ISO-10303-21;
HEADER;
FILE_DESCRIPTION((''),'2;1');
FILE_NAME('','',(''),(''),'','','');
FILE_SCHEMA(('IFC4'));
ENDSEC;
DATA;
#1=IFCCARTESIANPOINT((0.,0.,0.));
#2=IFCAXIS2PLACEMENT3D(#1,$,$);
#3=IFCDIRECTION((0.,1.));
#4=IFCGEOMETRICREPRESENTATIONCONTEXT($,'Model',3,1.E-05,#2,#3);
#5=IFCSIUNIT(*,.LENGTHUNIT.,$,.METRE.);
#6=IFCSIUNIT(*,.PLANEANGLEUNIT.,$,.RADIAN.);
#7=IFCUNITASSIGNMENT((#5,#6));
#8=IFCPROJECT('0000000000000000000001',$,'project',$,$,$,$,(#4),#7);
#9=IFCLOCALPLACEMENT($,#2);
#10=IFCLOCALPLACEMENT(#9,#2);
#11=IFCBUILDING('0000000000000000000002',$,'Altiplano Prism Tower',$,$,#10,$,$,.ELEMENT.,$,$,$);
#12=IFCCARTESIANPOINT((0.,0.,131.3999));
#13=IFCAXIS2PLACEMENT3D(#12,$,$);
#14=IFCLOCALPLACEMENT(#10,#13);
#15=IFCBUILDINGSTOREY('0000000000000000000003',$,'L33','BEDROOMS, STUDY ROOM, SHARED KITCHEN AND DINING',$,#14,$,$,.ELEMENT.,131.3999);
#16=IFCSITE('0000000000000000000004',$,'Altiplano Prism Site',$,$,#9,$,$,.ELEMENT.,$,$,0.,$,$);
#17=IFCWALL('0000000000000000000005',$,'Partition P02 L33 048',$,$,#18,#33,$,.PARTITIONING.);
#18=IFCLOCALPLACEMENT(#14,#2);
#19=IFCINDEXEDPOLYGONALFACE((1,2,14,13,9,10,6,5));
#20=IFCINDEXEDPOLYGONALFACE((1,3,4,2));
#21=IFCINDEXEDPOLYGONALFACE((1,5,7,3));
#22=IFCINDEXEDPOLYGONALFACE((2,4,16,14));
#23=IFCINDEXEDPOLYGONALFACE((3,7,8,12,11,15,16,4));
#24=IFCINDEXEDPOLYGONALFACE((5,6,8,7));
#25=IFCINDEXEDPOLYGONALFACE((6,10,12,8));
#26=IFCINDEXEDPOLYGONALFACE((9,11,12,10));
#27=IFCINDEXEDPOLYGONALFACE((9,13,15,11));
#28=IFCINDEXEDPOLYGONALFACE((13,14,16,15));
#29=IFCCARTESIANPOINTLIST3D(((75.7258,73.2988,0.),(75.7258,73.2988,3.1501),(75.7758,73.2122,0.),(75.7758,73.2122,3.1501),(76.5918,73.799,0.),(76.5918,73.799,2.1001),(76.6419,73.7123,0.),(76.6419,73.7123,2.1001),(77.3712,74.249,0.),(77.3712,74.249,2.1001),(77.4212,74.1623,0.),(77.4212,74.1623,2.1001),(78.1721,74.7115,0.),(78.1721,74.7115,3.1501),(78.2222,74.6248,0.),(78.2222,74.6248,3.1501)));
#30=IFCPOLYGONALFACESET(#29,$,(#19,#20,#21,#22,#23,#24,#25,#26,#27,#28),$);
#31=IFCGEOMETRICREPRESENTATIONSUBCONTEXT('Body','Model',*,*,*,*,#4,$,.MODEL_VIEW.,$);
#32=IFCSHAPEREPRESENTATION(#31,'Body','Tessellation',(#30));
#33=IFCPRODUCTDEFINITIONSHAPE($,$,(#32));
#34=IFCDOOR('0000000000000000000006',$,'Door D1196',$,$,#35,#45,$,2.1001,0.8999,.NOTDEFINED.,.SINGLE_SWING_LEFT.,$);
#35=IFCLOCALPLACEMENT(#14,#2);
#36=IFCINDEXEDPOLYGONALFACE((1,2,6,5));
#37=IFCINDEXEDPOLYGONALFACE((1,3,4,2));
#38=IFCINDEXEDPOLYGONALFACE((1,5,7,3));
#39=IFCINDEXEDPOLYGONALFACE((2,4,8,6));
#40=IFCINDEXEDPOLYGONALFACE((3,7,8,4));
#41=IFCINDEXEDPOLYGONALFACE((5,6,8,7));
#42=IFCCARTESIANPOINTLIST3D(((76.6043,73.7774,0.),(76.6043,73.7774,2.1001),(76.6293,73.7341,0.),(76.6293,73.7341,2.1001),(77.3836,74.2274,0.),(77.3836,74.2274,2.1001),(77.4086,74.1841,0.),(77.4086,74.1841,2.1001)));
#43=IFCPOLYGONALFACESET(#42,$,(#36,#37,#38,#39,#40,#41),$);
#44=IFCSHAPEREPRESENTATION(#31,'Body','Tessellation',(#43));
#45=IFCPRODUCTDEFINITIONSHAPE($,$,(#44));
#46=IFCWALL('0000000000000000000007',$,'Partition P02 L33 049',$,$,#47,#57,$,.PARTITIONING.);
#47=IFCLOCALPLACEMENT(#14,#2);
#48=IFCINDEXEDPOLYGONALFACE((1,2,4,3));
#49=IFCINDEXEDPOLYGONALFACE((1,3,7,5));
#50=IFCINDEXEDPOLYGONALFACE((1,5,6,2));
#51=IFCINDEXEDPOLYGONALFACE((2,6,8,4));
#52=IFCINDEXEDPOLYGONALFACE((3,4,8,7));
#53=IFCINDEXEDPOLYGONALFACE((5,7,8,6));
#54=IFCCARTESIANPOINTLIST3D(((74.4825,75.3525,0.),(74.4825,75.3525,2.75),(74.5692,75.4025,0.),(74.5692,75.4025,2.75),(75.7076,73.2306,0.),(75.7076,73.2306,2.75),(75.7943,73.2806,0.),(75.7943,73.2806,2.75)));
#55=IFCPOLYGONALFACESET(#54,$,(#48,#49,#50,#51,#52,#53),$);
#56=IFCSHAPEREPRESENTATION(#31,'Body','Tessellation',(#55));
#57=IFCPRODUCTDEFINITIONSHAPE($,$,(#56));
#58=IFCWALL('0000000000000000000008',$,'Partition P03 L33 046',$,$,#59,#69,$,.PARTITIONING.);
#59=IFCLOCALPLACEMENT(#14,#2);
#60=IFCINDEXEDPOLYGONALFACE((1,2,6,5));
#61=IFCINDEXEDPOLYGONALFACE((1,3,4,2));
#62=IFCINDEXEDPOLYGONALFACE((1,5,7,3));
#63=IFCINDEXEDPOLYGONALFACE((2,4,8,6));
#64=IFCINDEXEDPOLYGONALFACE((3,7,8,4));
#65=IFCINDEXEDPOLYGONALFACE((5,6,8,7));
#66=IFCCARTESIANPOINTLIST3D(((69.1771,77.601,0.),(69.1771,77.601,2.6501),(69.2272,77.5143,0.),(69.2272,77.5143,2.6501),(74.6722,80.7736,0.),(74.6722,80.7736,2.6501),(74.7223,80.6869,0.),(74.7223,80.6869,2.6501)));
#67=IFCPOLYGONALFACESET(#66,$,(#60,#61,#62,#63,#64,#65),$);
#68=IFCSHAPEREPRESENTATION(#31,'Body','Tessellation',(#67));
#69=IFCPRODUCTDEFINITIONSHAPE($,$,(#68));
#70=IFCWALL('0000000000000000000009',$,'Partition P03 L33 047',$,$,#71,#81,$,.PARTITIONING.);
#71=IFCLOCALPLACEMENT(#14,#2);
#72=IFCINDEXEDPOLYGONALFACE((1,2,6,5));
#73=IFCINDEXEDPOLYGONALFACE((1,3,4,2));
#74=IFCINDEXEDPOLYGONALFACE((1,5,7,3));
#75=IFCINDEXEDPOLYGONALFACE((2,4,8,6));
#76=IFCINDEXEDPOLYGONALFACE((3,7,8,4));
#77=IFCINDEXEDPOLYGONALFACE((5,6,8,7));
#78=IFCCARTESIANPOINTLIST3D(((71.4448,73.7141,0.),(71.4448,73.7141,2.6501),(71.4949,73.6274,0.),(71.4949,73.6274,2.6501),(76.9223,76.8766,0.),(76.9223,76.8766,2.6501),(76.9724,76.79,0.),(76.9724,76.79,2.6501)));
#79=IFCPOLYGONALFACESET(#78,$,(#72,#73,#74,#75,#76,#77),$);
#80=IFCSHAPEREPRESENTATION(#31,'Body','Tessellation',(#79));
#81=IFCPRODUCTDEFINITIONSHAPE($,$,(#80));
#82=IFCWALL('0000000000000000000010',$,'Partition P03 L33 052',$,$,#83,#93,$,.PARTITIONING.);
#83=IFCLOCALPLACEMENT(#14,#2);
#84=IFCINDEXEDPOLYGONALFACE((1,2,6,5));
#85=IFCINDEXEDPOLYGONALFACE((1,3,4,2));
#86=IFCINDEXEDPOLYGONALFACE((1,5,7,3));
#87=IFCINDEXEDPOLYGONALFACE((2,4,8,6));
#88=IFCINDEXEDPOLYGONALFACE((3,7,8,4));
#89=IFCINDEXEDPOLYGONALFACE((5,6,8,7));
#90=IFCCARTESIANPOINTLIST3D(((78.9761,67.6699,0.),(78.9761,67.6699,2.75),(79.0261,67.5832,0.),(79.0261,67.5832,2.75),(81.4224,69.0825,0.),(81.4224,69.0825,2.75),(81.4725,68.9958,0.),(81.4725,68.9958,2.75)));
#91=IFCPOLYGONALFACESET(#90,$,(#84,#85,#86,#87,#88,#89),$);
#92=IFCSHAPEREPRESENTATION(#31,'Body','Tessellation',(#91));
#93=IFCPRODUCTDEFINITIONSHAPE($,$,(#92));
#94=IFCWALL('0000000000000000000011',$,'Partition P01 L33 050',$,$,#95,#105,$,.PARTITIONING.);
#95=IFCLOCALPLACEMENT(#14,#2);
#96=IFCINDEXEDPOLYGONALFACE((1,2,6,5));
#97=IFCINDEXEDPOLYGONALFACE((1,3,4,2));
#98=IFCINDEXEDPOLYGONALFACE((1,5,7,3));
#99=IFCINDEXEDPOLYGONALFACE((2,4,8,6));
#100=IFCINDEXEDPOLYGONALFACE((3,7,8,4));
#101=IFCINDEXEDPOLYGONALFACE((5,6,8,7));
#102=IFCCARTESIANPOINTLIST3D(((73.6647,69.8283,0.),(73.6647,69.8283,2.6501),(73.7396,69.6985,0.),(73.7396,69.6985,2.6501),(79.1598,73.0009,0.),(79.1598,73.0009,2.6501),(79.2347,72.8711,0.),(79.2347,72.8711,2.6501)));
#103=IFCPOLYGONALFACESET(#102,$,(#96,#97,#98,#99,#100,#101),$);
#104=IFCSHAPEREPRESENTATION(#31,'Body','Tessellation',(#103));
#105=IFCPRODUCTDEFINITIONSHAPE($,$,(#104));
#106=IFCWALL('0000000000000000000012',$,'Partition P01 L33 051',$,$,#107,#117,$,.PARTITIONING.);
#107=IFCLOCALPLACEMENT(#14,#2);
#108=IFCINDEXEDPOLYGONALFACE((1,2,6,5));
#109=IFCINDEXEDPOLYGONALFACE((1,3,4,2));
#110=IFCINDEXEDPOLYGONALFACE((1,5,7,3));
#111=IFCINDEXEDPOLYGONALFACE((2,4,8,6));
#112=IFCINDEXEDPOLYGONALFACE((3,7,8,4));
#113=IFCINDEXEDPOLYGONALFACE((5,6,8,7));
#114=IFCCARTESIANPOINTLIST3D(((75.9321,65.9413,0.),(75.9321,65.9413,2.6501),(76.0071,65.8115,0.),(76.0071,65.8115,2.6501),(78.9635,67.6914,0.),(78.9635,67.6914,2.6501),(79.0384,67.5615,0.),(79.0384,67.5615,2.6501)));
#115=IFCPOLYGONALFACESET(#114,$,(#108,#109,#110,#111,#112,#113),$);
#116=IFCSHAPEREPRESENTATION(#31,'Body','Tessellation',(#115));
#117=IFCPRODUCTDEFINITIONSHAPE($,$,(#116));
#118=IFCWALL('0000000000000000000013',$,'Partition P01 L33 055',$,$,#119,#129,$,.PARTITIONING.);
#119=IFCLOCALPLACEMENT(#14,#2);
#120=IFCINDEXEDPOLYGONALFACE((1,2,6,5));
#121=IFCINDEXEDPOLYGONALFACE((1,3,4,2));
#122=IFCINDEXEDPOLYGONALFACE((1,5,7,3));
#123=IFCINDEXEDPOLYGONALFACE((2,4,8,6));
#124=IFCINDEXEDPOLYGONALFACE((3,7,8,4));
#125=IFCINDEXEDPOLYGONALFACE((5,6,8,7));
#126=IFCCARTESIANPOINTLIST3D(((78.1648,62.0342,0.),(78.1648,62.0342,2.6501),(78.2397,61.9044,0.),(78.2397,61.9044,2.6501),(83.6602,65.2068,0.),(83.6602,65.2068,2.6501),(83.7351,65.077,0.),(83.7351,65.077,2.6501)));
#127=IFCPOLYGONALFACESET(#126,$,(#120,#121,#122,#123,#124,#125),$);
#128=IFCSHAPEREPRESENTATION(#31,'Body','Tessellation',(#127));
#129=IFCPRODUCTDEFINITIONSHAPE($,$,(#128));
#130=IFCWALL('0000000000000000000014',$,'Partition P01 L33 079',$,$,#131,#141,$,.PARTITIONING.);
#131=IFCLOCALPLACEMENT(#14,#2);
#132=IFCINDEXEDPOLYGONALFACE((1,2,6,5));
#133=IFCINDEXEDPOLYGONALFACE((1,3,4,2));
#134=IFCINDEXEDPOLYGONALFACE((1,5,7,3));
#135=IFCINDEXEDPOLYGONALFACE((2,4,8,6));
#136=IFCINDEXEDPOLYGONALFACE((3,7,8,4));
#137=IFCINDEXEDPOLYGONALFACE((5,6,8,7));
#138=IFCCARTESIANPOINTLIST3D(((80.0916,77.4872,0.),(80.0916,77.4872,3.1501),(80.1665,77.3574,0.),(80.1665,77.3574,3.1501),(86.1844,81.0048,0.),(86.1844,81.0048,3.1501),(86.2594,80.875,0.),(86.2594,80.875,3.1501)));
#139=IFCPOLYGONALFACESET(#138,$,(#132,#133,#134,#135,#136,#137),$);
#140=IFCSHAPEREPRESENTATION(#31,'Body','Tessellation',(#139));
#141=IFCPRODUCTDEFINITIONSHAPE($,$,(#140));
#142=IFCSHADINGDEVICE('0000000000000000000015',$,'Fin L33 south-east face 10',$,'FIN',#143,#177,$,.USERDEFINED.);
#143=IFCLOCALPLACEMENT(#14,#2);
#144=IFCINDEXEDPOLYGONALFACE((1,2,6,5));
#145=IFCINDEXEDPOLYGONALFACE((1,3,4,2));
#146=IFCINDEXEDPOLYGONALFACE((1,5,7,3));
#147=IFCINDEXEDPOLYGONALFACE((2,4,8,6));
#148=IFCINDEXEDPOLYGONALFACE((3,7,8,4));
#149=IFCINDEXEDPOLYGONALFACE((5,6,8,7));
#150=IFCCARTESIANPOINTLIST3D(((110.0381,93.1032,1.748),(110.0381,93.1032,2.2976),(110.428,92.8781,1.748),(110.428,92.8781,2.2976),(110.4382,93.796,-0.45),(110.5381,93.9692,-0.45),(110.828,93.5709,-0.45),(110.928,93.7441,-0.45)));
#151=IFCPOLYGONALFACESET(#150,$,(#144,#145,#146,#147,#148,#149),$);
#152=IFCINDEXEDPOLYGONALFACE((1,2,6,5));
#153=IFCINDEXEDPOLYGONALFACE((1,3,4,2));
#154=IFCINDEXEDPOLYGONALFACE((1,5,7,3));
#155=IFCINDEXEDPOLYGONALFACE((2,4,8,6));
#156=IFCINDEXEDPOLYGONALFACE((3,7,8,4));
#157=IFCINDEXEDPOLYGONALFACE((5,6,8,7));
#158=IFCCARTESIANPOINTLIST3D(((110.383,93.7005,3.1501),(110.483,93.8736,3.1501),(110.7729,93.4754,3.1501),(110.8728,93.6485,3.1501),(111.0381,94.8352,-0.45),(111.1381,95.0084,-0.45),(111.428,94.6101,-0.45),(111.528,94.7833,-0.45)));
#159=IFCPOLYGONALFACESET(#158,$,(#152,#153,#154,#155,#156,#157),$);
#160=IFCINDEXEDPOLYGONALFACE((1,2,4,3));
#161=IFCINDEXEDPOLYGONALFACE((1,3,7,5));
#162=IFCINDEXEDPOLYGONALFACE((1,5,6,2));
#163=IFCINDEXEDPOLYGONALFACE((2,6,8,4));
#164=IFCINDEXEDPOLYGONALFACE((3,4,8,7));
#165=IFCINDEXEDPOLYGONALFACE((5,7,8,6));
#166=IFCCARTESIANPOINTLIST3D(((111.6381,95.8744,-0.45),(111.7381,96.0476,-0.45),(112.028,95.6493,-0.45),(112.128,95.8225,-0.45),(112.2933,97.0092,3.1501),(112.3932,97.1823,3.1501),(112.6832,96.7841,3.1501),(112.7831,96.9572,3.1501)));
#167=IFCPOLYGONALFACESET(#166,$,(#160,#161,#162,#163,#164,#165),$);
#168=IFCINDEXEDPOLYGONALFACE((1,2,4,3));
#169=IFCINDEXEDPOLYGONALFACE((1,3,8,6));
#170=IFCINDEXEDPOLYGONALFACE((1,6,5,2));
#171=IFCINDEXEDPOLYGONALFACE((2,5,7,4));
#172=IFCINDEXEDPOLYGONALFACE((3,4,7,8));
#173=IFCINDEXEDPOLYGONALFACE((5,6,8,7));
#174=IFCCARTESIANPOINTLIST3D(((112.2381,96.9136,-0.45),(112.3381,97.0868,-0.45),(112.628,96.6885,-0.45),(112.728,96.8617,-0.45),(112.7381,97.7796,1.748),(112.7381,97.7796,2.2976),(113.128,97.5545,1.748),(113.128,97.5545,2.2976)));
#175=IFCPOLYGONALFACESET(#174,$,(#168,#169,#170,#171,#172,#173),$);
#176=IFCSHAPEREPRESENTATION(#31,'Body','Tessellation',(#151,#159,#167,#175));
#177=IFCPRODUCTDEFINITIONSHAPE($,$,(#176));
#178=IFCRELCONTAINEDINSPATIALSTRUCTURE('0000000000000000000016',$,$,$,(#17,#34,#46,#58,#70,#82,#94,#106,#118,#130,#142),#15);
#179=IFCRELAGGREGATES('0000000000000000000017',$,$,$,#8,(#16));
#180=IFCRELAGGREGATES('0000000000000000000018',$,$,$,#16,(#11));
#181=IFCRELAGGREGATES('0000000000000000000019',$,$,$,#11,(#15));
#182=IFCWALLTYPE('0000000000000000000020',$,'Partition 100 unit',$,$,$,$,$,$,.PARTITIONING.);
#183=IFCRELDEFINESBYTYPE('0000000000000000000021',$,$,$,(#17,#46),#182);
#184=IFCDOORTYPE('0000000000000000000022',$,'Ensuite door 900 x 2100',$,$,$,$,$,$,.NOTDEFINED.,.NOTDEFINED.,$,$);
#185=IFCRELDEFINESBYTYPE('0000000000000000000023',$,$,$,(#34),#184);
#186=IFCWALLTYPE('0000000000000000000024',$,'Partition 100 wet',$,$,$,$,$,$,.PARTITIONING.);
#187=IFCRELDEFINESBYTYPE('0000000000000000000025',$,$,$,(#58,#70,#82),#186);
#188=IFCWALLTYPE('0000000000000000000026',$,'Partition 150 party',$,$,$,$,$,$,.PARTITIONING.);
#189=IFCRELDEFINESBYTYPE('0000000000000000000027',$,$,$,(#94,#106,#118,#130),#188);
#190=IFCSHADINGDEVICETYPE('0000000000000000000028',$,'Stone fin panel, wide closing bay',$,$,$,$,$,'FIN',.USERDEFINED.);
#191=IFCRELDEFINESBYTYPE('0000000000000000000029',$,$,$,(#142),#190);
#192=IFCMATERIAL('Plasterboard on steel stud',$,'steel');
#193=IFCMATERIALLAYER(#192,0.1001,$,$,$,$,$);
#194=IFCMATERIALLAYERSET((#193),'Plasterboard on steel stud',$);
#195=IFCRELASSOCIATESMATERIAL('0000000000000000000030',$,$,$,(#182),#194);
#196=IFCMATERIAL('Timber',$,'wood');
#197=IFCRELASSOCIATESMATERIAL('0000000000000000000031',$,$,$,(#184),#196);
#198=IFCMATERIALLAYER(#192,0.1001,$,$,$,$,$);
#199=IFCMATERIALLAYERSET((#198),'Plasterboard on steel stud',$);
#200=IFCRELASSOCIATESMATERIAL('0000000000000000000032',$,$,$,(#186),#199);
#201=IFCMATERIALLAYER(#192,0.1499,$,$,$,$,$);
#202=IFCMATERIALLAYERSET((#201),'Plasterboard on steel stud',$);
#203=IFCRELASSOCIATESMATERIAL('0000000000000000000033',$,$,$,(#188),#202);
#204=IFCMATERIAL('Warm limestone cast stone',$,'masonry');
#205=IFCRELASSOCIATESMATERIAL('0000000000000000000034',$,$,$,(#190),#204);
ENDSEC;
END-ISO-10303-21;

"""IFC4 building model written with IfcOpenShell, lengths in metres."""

from ifc_helpers import new_model, si_unit, direction, frame, frame_2d, origin, place, context, subcontext, project, spatial, polyline, rectangle, outline, extrude, source, transform, mapped, material, layer, layer_set, type_object, element, fill, save


model = new_model("IFC4")

# Units and contexts
model_context = context("Model", 3, precision=1e-05, world=origin(), true_north=direction((0.0, 1.0)))
body_context = subcontext(model_context, "Body", "Model", "MODEL_VIEW")
ifc_project = project(units=[si_unit("LENGTHUNIT", "METRE"), si_unit("PLANEANGLEUNIT", "RADIAN")], contexts=[model_context])

# Site, building, storey
site_placement = place(None, origin())
site = spatial("IfcSite", under=ifc_project, at=site_placement, Name="Altiplano Prism Site", CompositionType="ELEMENT", RefElevation=0.0)
building_placement = place(site_placement, origin())
building = spatial("IfcBuilding", under=site, at=building_placement, Name="Altiplano Prism Tower", CompositionType="ELEMENT")
storey_placement = place(building_placement, frame((0.0, 0.0, 131.3999)))
storey = spatial("IfcBuildingStorey", under=building, at=storey_placement, Name="L33", Description="BEDROOMS, STUDY ROOM, SHARED KITCHEN AND DINING", CompositionType="ELEMENT", Elevation=131.3999)

# Wall, opening, door
ifc_material_1 = material(Name="Plasterboard on steel stud", Category="steel")
ifc_layer_1 = layer(ifc_material_1, 0.1001)
ifc_layer_set_1 = layer_set([ifc_layer_1], Name="Plasterboard on steel stud")
wall_type_1 = type_object("IfcWallType", Name="Partition 100 unit", PredefinedType="PARTITIONING", material=ifc_layer_set_1)
wall_1_placement = place(storey_placement, frame((78.1973, 74.6682, 0.0), z_axis=(0.0, 0.0, 1.0), x_axis=(-0.86599, -0.500062, 0.0)))
wall_1 = element("IfcWall", 1, at=wall_1_placement, inside=storey, type_object=wall_type_1, Name="Partition P02 L33 048", PredefinedType="PARTITIONING", context=body_context, shape_type="SweptSolid", body=[
    extrude(rectangle(XDim=2.825, YDim=0.1001, at=frame_2d((1.4126, 0.0))), origin(), (0.0, 0.0, 1.0), 3.1501),
])
opening_placement = place(wall_1_placement, frame((0.925, 0.0, 0.0)))
opening = element("IfcOpeningElement", 2, at=opening_placement, cuts=wall_1, PredefinedType="OPENING", context=body_context, shape_type="SweptSolid", body=[
    extrude(rectangle(XDim=0.8999, YDim=2.1001, at=frame_2d((0.45, 1.05))), frame((0.0, 0.0605, 0.0), z_axis=(0.0, -1.0, 0.0), x_axis=(1.0, 0.0, 0.0)), (0.0, 0.0, 1.0), 0.1211),
])
ifc_material_2 = material(Name="Timber", Category="wood")
door_type = type_object("IfcDoorType", Name="Ensuite door 900 x 2100", OperationType="NOTDEFINED", PredefinedType="NOTDEFINED", material=ifc_material_2)
door_placement = place(opening_placement, origin())
door = element("IfcDoor", 3, at=door_placement, inside=storey, type_object=door_type, Name="Door D1196", OperationType="SINGLE_SWING_LEFT", OverallHeight=2.1001, OverallWidth=0.8999, PredefinedType="NOTDEFINED", context=body_context, shape_type="SweptSolid", body=[
    extrude(rectangle(XDim=0.8999, YDim=2.1001, at=frame_2d((0.45, 1.05))), frame((0.0, 0.0249, 0.0), z_axis=(0.0, -1.0, 0.0), x_axis=(1.0, 0.0, 0.0)), (0.0, 0.0, 1.0), 0.05),
])
fill(opening, door)

# Walls
wall_2_placement = place(storey_placement, frame((75.751, 73.2556, 0.0), z_axis=(0.0, 0.0, 1.0), x_axis=(-0.500019, 0.866015, 0.0)))
element("IfcWall", 4, at=wall_2_placement, inside=storey, type_object=wall_type_1, Name="Partition P02 L33 049", PredefinedType="PARTITIONING", context=body_context, shape_type="SweptSolid", body=[
    extrude(rectangle(XDim=2.4502, YDim=0.1001, at=frame_2d((1.2251, 0.0))), origin(), (0.0, 0.0, 1.0), 2.75),
])
ifc_layer_2 = layer(ifc_material_1, 0.1001)
ifc_layer_set_2 = layer_set([ifc_layer_2], Name="Plasterboard on steel stud")
wall_type_2 = type_object("IfcWallType", Name="Partition 100 wet", PredefinedType="PARTITIONING", material=ifc_layer_set_2)
wall_3_placement = place(storey_placement, frame((69.2021, 77.5576, 0.0), z_axis=(0.0, 0.0, 1.0), x_axis=(0.866025, 0.5, 0.0)))
element("IfcWall", 5, at=wall_3_placement, inside=storey, type_object=wall_type_2, Name="Partition P03 L33 046", PredefinedType="PARTITIONING", context=body_context, shape_type="SweptSolid", body=[
    extrude(rectangle(XDim=6.3452, YDim=0.1001, at=frame_2d((3.1726, 0.0))), origin(), (0.0, 0.0, 1.0), 2.6501),
])
wall_4_placement = place(storey_placement, frame((71.4697, 73.6707, 0.0), z_axis=(0.0, 0.0, 1.0), x_axis=(0.866016, 0.500016, 0.0)))
element("IfcWall", 6, at=wall_4_placement, inside=storey, type_object=wall_type_2, Name="Partition P03 L33 047", PredefinedType="PARTITIONING", context=body_context, shape_type="SweptSolid", body=[
    extrude(rectangle(XDim=6.325, YDim=0.1001, at=frame_2d((3.1626, 0.0))), origin(), (0.0, 0.0, 1.0), 2.6501),
])
wall_5_placement = place(storey_placement, frame((79.001, 67.6265, 0.0), z_axis=(0.0, 0.0, 1.0), x_axis=(0.86599, 0.500062, 0.0)))
element("IfcWall", 7, at=wall_5_placement, inside=storey, type_object=wall_type_2, Name="Partition P03 L33 052", PredefinedType="PARTITIONING", context=body_context, shape_type="SweptSolid", body=[
    extrude(rectangle(XDim=2.825, YDim=0.1001, at=frame_2d((1.4126, 0.0))), origin(), (0.0, 0.0, 1.0), 2.75),
])
ifc_layer_3 = layer(ifc_material_1, 0.1499)
ifc_layer_set_3 = layer_set([ifc_layer_3], Name="Plasterboard on steel stud")
wall_type_3 = type_object("IfcWallType", Name="Partition 150 party", PredefinedType="PARTITIONING", material=ifc_layer_set_3)
wall_6_placement = place(storey_placement, frame((73.7021, 69.7634, 0.0), z_axis=(0.0, 0.0, 1.0), x_axis=(0.866025, 0.5, 0.0)))
element("IfcWall", 8, at=wall_6_placement, inside=storey, type_object=wall_type_3, Name="Partition P01 L33 050", PredefinedType="PARTITIONING", context=body_context, shape_type="SweptSolid", body=[
    extrude(rectangle(XDim=6.3452, YDim=0.1499, at=frame_2d((3.1726, 0.0))), origin(), (0.0, 0.0, 1.0), 2.6501),
])
wall_7_placement = place(storey_placement, frame((75.9697, 65.8765, 0.0), z_axis=(0.0, 0.0, 1.0), x_axis=(0.866037, 0.49998, 0.0)))
element("IfcWall", 9, at=wall_7_placement, inside=storey, type_object=wall_type_3, Name="Partition P01 L33 051", PredefinedType="PARTITIONING", context=body_context, shape_type="SweptSolid", body=[
    extrude(rectangle(XDim=3.5002, YDim=0.1499, at=frame_2d((1.75, 0.0))), origin(), (0.0, 0.0, 1.0), 2.6501),
])
wall_8_placement = place(storey_placement, frame((78.2021, 61.9692, 0.0), z_axis=(0.0, 0.0, 1.0), x_axis=(0.866035, 0.499983, 0.0)))
element("IfcWall", 10, at=wall_8_placement, inside=storey, type_object=wall_type_3, Name="Partition P01 L33 055", PredefinedType="PARTITIONING", context=body_context, shape_type="SweptSolid", body=[
    extrude(rectangle(XDim=6.3455, YDim=0.1499, at=frame_2d((3.1729, 0.0))), origin(), (0.0, 0.0, 1.0), 2.6501),
])
wall_9_placement = place(storey_placement, frame((80.1292, 77.4224, 0.0), z_axis=(0.0, 0.0, 1.0), x_axis=(0.866031, 0.499991, 0.0)))
element("IfcWall", 11, at=wall_9_placement, inside=storey, type_object=wall_type_3, Name="Partition P01 L33 079", PredefinedType="PARTITIONING", context=body_context, shape_type="SweptSolid", body=[
    extrude(rectangle(XDim=7.0354, YDim=0.1499, at=frame_2d((3.5176, 0.0))), origin(), (0.0, 0.0, 1.0), 3.1501),
])

# Shading device
ifc_material_3 = material(Name="Warm limestone cast stone", Category="masonry")
shading_device_type_1 = type_object("IfcShadingDeviceType", Name="Stone fin panel, wide closing bay", ElementType="FIN", PredefinedType="USERDEFINED", material=ifc_material_3)
shared_shape_1 = source(origin(), body_context, "Body", "SweptSolid", [
    extrude(outline(polyline([(-2.7, 2.7476), (-2.7, 2.198), (-1.8999, 0.0), (-1.7, 0.0), (-2.7, 2.7476)])), frame((0.0, -0.1499, 0.0), z_axis=(0.0, -1.0, 0.0), x_axis=(1.0, 0.0, 0.0)), (0.0, 0.0, 1.0), 0.4502),
    extrude(outline(polyline([(-2.0103, 3.6001), (-0.7, 0.0), (-0.5, 0.0), (-1.8103, 3.6001), (-2.0103, 3.6001)])), frame((0.0, -0.1499, 0.0), z_axis=(0.0, -1.0, 0.0), x_axis=(1.0, 0.0, 0.0)), (0.0, 0.0, 1.0), 0.4502),
    extrude(outline(polyline([(1.8103, 3.6001), (0.5, 0.0), (0.7, 0.0), (2.0103, 3.6001), (1.8103, 3.6001)])), frame((0.0, -0.1499, 0.0), z_axis=(0.0, -1.0, 0.0), x_axis=(1.0, 0.0, 0.0)), (0.0, 0.0, 1.0), 0.4502),
    extrude(outline(polyline([(2.7, 2.198), (2.7, 2.7476), (1.7, 0.0), (1.8999, 0.0), (2.7, 2.198)])), frame((0.0, -0.1499, 0.0), z_axis=(0.0, -1.0, 0.0), x_axis=(1.0, 0.0, 0.0)), (0.0, 0.0, 1.0), 0.4502),
])
shading_device_1_placement = place(storey_placement, origin())
element("IfcShadingDevice", 12, at=shading_device_1_placement, inside=storey, type_object=shading_device_type_1, Name="Fin L33 south-east face 10", ObjectType="FIN", PredefinedType="USERDEFINED", context=body_context, shape_type="MappedRepresentation", body=[
    mapped(shared_shape_1, transform((111.2583, 95.5164, -0.45), x_axis=(0.5, 0.866025, 0.0), y_axis=(-0.866025, 0.5, 0.0), z_axis=(0.0, 0.0, 1.0))),
])

save(model, "model.ifc")
